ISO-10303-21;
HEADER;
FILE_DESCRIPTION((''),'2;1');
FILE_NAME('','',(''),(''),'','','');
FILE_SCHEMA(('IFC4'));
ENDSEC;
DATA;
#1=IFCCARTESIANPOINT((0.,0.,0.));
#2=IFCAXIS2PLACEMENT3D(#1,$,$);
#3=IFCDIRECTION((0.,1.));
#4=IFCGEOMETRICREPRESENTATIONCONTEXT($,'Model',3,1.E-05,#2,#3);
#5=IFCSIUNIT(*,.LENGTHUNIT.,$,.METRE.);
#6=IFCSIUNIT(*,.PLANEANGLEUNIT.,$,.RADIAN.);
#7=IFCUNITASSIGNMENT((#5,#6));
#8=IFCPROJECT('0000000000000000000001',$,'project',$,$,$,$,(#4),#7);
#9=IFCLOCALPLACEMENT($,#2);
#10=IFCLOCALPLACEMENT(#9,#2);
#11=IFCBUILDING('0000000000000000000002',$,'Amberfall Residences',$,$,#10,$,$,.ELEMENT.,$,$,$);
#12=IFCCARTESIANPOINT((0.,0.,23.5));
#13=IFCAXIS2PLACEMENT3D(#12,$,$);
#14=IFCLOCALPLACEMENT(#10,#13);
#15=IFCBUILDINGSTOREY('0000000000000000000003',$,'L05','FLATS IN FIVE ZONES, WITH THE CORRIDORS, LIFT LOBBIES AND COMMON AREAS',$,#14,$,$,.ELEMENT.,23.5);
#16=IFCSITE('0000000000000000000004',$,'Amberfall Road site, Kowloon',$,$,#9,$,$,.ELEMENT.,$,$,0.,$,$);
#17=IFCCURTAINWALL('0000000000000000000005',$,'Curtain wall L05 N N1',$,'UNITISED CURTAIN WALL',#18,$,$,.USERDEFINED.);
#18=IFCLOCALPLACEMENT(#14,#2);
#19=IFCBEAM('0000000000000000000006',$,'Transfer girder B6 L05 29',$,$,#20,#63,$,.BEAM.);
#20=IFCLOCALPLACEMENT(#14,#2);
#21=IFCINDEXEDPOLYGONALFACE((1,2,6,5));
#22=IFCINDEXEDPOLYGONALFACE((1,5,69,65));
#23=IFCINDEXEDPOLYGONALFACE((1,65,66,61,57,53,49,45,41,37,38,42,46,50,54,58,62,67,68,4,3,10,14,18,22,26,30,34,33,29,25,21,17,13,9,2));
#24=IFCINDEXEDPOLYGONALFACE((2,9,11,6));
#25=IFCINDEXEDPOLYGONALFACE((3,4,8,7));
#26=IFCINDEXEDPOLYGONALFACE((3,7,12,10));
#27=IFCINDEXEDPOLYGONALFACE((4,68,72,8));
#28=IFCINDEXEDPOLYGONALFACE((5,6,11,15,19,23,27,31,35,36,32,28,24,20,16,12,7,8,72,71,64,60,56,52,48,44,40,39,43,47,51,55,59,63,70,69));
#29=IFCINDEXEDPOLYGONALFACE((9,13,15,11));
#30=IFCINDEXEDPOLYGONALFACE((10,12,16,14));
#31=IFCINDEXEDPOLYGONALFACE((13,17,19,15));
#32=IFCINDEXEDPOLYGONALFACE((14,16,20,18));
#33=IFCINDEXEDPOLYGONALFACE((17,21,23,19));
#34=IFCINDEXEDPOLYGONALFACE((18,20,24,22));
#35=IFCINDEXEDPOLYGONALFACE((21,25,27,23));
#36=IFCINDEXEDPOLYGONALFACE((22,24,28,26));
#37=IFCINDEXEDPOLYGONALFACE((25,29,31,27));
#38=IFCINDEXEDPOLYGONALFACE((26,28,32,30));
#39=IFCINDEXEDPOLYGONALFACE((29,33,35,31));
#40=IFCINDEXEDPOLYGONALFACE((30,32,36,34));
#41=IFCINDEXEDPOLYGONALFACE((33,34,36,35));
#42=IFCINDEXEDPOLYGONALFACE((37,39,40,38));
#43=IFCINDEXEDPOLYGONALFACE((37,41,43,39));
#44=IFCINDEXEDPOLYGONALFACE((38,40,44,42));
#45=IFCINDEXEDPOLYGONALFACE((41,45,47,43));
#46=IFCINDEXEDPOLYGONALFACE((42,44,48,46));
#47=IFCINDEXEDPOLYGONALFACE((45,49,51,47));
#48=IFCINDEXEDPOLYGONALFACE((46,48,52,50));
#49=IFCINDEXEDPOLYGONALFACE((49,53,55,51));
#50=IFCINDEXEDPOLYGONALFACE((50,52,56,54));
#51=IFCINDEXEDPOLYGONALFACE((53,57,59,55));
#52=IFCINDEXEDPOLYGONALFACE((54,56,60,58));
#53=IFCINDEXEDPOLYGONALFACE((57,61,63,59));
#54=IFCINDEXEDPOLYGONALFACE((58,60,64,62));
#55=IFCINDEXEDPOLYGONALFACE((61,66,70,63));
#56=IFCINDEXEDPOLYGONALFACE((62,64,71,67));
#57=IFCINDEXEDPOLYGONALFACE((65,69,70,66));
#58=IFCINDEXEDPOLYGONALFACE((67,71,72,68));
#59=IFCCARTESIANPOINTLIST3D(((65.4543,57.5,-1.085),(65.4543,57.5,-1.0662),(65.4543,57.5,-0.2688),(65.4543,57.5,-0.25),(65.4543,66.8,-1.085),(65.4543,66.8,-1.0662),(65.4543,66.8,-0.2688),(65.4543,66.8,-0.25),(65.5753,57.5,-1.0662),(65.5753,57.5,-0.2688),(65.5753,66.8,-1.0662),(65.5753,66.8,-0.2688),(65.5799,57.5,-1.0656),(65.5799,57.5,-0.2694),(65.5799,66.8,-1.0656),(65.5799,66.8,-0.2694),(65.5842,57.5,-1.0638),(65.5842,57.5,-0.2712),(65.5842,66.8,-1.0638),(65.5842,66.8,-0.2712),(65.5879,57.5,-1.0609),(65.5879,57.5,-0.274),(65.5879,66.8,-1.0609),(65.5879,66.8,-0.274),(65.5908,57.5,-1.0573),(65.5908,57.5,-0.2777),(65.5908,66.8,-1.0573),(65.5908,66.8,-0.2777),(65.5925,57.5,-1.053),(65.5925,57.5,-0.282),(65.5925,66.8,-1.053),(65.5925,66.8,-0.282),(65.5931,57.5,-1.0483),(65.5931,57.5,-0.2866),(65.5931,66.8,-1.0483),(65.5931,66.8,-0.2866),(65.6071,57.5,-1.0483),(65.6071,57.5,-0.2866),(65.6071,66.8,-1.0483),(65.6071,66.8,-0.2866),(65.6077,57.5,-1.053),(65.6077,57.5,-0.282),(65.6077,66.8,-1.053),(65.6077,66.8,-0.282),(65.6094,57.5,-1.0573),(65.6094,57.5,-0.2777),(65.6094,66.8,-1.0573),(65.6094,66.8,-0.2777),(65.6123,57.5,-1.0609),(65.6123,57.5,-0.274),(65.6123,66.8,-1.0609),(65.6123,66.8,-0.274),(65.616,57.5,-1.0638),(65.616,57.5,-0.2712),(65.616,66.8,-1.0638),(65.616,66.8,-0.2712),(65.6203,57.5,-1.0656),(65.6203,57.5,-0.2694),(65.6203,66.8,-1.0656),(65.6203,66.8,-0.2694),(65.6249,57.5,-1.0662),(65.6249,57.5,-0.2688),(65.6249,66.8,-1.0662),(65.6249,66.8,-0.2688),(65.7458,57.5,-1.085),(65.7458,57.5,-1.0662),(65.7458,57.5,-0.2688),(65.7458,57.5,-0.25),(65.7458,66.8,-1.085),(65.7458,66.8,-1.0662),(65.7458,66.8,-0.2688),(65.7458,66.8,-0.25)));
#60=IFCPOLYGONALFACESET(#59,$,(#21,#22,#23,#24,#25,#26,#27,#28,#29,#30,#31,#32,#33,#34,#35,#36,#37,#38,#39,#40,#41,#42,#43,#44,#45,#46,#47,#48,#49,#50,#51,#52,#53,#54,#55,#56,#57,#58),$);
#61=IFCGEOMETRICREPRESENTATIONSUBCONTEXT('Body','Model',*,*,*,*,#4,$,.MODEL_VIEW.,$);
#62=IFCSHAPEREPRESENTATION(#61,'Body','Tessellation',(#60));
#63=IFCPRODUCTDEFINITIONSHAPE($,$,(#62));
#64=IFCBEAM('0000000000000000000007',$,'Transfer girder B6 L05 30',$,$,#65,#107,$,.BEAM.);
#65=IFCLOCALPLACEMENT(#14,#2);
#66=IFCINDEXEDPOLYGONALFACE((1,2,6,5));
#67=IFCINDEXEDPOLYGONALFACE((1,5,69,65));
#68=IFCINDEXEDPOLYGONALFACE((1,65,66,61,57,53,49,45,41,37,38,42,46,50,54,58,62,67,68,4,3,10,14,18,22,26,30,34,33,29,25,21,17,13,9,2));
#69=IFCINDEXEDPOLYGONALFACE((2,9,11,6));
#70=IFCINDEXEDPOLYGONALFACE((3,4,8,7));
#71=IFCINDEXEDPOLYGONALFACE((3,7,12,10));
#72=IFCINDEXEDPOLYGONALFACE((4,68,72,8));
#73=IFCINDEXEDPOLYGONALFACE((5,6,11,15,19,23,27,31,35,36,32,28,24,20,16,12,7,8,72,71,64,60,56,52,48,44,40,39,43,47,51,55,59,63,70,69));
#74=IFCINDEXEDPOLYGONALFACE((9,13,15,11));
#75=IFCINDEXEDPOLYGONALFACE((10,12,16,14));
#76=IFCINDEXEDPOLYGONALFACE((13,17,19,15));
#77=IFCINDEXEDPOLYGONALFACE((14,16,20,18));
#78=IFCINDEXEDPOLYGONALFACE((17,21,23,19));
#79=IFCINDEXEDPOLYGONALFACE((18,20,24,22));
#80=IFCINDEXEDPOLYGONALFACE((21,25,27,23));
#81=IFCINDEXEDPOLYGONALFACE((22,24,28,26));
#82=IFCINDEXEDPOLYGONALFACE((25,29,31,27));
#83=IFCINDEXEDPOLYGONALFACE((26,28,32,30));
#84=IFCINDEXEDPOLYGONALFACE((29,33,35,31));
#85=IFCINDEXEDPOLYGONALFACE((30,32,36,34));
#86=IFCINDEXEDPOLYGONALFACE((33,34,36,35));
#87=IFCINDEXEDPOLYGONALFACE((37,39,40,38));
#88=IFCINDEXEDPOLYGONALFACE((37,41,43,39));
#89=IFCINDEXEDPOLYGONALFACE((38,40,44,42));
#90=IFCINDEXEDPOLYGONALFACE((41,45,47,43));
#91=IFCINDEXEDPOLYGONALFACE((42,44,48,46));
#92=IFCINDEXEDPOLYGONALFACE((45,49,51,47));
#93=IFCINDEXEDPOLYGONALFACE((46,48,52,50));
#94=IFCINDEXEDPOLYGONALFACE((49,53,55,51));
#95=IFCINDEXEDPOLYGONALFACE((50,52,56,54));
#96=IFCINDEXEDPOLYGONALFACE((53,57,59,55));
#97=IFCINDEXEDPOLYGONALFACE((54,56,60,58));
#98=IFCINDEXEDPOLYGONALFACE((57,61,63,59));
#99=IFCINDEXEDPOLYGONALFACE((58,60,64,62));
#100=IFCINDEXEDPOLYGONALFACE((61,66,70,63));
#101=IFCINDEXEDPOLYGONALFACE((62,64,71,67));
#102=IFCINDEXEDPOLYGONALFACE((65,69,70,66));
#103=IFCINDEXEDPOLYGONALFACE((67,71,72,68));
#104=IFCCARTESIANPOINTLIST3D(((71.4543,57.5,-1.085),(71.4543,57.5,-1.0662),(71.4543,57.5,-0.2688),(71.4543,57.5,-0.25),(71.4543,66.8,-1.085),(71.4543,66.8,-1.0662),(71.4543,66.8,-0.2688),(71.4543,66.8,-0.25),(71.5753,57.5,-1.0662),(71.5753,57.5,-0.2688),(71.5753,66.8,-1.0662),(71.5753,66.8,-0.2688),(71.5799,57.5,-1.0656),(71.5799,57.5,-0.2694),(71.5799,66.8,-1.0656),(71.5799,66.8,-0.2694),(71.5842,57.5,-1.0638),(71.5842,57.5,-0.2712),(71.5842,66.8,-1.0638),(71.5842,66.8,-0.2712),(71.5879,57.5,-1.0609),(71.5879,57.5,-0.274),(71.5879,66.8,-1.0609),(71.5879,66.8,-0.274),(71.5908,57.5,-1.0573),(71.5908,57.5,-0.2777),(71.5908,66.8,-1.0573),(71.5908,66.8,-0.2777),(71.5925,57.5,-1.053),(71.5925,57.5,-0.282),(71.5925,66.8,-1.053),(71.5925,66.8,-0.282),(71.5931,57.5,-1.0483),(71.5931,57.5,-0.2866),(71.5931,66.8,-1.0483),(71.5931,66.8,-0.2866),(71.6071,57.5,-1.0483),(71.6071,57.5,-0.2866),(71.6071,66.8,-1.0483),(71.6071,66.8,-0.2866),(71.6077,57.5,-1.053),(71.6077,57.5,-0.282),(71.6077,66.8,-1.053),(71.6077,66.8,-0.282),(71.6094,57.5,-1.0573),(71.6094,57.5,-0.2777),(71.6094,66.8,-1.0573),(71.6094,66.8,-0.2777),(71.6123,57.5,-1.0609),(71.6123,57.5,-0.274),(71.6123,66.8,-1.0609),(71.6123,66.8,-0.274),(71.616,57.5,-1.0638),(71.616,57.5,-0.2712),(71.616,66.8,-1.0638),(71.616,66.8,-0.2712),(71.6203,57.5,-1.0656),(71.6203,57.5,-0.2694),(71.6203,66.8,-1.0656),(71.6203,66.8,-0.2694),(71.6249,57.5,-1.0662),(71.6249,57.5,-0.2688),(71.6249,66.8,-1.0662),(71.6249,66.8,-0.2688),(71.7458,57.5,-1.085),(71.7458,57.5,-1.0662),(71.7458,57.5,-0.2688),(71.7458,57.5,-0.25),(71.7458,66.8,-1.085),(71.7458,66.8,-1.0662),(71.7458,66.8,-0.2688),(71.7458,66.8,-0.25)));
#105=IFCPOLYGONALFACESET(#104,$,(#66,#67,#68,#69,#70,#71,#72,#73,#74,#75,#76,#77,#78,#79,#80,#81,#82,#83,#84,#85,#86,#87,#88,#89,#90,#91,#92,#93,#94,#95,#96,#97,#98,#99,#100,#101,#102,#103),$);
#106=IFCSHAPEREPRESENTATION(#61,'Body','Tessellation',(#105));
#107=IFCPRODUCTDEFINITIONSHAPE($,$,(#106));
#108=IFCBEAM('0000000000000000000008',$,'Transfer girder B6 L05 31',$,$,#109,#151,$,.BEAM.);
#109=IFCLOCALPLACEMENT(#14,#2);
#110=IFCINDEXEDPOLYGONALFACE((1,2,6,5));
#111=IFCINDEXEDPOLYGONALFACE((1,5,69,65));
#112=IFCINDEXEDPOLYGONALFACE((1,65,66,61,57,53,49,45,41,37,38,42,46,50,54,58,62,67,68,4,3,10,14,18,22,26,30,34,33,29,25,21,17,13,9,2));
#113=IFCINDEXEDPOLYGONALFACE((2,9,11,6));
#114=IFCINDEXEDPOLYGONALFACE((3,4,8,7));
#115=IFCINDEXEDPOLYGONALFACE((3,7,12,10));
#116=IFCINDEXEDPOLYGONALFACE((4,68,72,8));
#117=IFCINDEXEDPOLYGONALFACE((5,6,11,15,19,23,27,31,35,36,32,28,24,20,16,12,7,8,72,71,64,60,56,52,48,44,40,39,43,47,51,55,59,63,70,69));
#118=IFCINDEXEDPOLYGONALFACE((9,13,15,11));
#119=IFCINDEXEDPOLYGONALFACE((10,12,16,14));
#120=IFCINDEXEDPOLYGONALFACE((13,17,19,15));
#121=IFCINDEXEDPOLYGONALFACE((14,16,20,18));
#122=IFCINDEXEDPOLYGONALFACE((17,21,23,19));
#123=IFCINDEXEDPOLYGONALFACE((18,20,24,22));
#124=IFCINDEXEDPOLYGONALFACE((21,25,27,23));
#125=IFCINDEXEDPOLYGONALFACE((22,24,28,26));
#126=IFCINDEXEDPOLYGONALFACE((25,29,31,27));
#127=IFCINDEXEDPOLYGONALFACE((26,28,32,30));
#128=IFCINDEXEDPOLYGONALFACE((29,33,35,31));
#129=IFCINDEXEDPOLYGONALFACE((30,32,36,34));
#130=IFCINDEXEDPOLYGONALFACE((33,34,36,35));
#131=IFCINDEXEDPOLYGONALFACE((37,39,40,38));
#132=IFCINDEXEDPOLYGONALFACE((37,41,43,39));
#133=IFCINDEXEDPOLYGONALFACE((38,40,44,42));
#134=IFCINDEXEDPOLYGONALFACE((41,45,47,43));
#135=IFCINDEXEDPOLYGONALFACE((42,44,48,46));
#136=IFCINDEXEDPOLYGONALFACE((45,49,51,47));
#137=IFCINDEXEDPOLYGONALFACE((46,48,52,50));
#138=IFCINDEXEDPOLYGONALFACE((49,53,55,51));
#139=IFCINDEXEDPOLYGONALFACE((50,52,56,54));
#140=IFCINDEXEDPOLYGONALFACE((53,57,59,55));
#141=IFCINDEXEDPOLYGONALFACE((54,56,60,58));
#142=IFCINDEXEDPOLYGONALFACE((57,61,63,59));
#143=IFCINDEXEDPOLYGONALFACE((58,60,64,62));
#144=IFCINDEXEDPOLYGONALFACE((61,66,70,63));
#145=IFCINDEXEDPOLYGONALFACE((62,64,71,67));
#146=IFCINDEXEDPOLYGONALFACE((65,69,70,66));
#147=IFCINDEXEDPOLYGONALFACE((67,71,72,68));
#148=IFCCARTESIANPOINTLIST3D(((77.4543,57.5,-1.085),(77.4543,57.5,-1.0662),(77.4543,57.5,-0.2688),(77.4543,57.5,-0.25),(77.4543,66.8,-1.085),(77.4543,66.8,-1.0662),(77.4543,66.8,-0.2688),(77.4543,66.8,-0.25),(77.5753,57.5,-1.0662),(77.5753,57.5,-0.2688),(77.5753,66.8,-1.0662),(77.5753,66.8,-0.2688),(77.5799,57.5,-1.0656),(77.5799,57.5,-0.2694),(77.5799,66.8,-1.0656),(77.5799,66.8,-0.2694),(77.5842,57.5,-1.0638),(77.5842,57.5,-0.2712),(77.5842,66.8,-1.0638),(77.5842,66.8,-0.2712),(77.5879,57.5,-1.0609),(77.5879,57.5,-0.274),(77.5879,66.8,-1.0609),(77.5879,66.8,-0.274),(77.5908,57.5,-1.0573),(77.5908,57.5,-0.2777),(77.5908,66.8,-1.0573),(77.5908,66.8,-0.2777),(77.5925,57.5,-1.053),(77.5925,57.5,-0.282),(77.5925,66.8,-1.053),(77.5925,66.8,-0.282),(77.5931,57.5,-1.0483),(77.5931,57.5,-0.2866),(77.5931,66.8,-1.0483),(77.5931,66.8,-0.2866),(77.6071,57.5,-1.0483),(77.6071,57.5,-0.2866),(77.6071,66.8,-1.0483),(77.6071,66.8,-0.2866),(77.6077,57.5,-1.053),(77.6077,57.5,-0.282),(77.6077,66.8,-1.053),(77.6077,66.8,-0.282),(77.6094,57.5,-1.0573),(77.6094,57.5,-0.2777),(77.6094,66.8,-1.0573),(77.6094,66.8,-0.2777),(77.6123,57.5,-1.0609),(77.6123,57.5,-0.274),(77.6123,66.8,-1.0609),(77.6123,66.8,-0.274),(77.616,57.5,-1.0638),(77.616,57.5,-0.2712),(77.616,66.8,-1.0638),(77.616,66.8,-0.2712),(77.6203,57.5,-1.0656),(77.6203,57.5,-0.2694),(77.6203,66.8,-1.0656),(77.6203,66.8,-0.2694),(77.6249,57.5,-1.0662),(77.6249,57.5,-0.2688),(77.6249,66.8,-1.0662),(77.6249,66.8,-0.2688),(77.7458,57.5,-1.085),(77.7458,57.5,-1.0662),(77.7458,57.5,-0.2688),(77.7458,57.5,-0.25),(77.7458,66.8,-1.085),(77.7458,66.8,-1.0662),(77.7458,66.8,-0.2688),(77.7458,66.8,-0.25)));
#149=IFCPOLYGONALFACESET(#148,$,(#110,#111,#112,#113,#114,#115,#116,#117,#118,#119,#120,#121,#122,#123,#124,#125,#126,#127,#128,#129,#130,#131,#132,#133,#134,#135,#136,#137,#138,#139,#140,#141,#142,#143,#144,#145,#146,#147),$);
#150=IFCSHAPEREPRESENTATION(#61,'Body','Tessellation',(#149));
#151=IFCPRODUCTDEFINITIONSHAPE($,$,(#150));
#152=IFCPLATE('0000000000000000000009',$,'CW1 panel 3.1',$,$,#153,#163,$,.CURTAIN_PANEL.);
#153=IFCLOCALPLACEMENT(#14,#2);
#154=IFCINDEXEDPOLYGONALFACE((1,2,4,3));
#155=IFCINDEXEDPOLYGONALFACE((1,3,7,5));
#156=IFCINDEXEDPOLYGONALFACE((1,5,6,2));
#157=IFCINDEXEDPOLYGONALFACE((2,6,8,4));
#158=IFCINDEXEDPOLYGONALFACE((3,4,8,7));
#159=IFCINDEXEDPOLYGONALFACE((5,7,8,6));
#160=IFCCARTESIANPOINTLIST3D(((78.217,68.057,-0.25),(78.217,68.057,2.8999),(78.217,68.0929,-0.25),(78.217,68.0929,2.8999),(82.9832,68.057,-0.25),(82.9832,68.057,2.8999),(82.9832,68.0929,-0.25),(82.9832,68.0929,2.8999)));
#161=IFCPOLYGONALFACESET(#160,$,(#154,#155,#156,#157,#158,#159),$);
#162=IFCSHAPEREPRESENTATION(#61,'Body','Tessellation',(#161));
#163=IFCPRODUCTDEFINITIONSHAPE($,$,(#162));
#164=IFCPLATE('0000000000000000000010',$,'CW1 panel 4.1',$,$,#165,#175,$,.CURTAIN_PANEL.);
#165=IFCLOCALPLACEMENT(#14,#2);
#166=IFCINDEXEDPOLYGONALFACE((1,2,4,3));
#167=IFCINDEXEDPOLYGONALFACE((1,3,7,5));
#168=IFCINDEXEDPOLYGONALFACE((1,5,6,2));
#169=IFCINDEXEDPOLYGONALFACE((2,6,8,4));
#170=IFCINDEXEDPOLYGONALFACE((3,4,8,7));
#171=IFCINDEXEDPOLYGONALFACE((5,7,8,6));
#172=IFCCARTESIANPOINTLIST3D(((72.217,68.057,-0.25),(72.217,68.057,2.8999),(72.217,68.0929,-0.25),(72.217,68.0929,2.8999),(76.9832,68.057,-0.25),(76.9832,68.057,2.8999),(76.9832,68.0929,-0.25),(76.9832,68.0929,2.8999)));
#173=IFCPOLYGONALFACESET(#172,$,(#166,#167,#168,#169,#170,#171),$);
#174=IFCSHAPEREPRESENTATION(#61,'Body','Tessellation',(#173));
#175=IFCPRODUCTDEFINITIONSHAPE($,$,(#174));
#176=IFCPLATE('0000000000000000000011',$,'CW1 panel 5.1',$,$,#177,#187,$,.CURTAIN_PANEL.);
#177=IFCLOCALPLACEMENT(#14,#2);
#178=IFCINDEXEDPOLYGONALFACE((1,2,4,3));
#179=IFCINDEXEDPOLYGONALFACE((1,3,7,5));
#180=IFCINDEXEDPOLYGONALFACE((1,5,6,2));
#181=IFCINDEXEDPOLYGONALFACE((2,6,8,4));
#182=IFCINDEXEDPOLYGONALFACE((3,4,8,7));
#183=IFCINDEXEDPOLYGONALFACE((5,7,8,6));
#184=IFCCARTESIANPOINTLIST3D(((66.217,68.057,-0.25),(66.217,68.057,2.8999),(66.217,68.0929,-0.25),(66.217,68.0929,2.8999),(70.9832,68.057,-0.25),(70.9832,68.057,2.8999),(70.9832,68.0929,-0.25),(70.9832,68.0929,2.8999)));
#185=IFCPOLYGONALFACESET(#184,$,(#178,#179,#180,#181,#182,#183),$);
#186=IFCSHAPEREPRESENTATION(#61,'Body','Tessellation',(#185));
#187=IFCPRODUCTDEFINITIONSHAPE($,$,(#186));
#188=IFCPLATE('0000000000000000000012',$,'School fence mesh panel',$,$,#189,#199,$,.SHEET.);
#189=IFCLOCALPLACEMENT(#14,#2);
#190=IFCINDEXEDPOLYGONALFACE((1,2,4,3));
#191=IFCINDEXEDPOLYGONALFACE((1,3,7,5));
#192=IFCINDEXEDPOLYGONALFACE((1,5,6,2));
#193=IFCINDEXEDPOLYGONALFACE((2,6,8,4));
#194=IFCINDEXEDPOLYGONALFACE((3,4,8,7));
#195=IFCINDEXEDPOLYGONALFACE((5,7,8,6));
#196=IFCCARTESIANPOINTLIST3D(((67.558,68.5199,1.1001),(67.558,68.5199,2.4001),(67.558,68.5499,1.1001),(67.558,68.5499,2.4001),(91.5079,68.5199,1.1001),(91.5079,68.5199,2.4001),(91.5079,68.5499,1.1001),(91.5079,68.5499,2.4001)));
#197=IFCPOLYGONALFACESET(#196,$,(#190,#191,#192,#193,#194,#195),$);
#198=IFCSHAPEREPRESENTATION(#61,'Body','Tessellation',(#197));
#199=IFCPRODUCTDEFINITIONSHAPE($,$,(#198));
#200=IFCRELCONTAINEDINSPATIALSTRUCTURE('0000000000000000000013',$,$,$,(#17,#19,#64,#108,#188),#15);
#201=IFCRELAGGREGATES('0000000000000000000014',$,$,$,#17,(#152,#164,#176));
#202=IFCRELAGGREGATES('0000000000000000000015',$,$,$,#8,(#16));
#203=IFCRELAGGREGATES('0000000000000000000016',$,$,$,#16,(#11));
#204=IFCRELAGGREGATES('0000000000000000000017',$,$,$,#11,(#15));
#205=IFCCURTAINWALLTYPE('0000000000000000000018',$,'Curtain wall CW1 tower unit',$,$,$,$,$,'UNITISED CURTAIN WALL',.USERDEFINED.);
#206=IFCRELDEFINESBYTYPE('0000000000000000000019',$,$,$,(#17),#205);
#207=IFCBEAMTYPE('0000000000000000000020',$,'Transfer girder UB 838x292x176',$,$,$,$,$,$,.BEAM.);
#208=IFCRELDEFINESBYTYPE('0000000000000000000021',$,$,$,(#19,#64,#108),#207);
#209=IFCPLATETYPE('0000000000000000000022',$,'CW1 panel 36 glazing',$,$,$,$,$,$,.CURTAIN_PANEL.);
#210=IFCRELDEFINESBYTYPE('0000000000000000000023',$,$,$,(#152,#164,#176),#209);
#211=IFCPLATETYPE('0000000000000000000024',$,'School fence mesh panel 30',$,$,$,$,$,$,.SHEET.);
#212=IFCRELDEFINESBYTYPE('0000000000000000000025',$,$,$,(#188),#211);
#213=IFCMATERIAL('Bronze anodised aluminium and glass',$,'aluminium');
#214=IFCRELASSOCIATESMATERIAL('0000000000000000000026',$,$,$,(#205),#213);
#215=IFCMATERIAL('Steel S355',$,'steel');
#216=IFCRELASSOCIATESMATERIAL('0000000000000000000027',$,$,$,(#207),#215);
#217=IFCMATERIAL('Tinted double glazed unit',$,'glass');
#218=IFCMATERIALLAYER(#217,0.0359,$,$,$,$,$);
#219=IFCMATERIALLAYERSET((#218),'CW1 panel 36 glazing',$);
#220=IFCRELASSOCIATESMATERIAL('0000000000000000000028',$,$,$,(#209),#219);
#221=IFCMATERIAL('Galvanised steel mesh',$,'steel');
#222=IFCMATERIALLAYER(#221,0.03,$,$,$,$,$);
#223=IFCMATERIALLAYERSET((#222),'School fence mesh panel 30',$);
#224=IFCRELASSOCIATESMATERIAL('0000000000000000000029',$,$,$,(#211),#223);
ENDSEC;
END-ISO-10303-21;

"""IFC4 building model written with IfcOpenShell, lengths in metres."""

from ifc_helpers import new_model, si_unit, direction, frame, origin, origin_2d, place, context, subcontext, project, spatial, rectangle, i_section, extrude, material, layer, layer_set, material_profile, profile_set, type_object, element, aggregate, save


model = new_model("IFC4")

# Units and contexts
model_context = context("Model", 3, precision=1e-05, world=origin(), true_north=direction((0.0, 1.0)))
body_context = subcontext(model_context, "Body", "Model", "MODEL_VIEW")
ifc_project = project(units=[si_unit("LENGTHUNIT", "METRE"), si_unit("PLANEANGLEUNIT", "RADIAN")], contexts=[model_context])

# Site, building, storey
site_placement = place(None, origin())
site = spatial("IfcSite", under=ifc_project, at=site_placement, Name="Amberfall Road site, Kowloon", CompositionType="ELEMENT", RefElevation=0.0)
building_placement = place(site_placement, origin())
building = spatial("IfcBuilding", under=site, at=building_placement, Name="Amberfall Residences", CompositionType="ELEMENT")
storey_placement = place(building_placement, frame((0.0, 0.0, 23.5)))
storey = spatial("IfcBuildingStorey", under=building, at=storey_placement, Name="L05", Description="FLATS IN FIVE ZONES, WITH THE CORRIDORS, LIFT LOBBIES AND COMMON AREAS", CompositionType="ELEMENT", Elevation=23.5)

# Curtain wall
ifc_material_1 = material(Name="Bronze anodised aluminium and glass", Category="aluminium")
curtain_wall_type = type_object("IfcCurtainWallType", Name="Curtain wall CW1 tower unit", ElementType="UNITISED CURTAIN WALL", PredefinedType="USERDEFINED", material=ifc_material_1)
curtain_wall_placement = place(storey_placement, origin())
curtain_wall = element("IfcCurtainWall", 1, at=curtain_wall_placement, inside=storey, type_object=curtain_wall_type, Name="Curtain wall L05 N N1", ObjectType="UNITISED CURTAIN WALL", PredefinedType="USERDEFINED")

# Shared definitions
ifc_material_2 = material(Name="Steel S355", Category="steel")

# Beams
ifc_material_profile_1 = material_profile(ifc_material_2, i_section(OverallWidth=0.2915, OverallDepth=0.835, WebThickness=0.0139, FlangeThickness=0.0188, FilletRadius=0.0178, at=origin_2d()), Name="UB 838x292x176")
ifc_profile_set_1 = profile_set([ifc_material_profile_1], Name="Steel S355")
beam_type_1 = type_object("IfcBeamType", Name="Transfer girder UB 838x292x176", PredefinedType="BEAM", material=ifc_profile_set_1)
for number, where, z_axis, x_axis, name in (
    (2, (65.6001, 66.8, -0.6675), (0.0, -1.0, 0.0), (1.0, 0.0, 0.0), "Transfer girder B6 L05 29"),
    (3, (71.6001, 66.8, -0.6675), (0.0, -1.0, 0.0), (1.0, 0.0, 0.0), "Transfer girder B6 L05 30"),
    (4, (77.6001, 66.8, -0.6675), (0.0, -1.0, 0.0), (1.0, 0.0, 0.0), "Transfer girder B6 L05 31"),
):
    element("IfcBeam", number, at=place(storey_placement, frame(where, z_axis=z_axis, x_axis=x_axis)), inside=storey, type_object=beam_type_1, Name=name, PredefinedType="BEAM", context=body_context, shape_type="SweptSolid", body=[
        extrude(i_section(OverallWidth=0.2915, OverallDepth=0.835, WebThickness=0.0139, FlangeThickness=0.0188, FilletRadius=0.0178, at=origin_2d()), origin(), (0.0, 0.0, 1.0), 9.3),
    ])

# Plates
ifc_material_3 = material(Name="Tinted double glazed unit", Category="glass")
ifc_layer_1 = layer(ifc_material_3, 0.0359)
ifc_layer_set_1 = layer_set([ifc_layer_1], Name="CW1 panel 36 glazing")
plate_type_1 = type_object("IfcPlateType", Name="CW1 panel 36 glazing", PredefinedType="CURTAIN_PANEL", material=ifc_layer_set_1)
plate_1_placement = place(storey_placement, frame((80.6001, 68.075, -0.25), z_axis=(0.0, 0.0, 1.0), x_axis=(-1.0, 0.0, 0.0)))
plate_1 = element("IfcPlate", 5, at=plate_1_placement, type_object=plate_type_1, Name="CW1 panel 3.1", PredefinedType="CURTAIN_PANEL", context=body_context, shape_type="SweptSolid", body=[
    extrude(rectangle(XDim=4.7661, YDim=0.0359, at=origin_2d()), origin(), (0.0, 0.0, 1.0), 3.1499),
])
plate_2_placement = place(storey_placement, frame((74.6001, 68.075, -0.25), z_axis=(0.0, 0.0, 1.0), x_axis=(-1.0, 0.0, 0.0)))
plate_2 = element("IfcPlate", 6, at=plate_2_placement, type_object=plate_type_1, Name="CW1 panel 4.1", PredefinedType="CURTAIN_PANEL", context=body_context, shape_type="SweptSolid", body=[
    extrude(rectangle(XDim=4.7661, YDim=0.0359, at=origin_2d()), origin(), (0.0, 0.0, 1.0), 3.1499),
])
plate_3_placement = place(storey_placement, frame((68.6001, 68.075, -0.25), z_axis=(0.0, 0.0, 1.0), x_axis=(-1.0, 0.0, 0.0)))
plate_3 = element("IfcPlate", 7, at=plate_3_placement, type_object=plate_type_1, Name="CW1 panel 5.1", PredefinedType="CURTAIN_PANEL", context=body_context, shape_type="SweptSolid", body=[
    extrude(rectangle(XDim=4.7661, YDim=0.0359, at=origin_2d()), origin(), (0.0, 0.0, 1.0), 3.1499),
])
aggregate(curtain_wall, [plate_1, plate_2, plate_3])

# Plate
ifc_material_4 = material(Name="Galvanised steel mesh", Category="steel")
ifc_layer_2 = layer(ifc_material_4, 0.03)
ifc_layer_set_2 = layer_set([ifc_layer_2], Name="School fence mesh panel 30")
plate_type_2 = type_object("IfcPlateType", Name="School fence mesh panel 30", PredefinedType="SHEET", material=ifc_layer_set_2)
plate_4_placement = place(storey_placement, frame((79.533, 68.5349, 1.1001), z_axis=(0.0, 0.0, 1.0), x_axis=(1.0, 0.0, 0.0)))
element("IfcPlate", 8, at=plate_4_placement, inside=storey, type_object=plate_type_2, Name="School fence mesh panel", PredefinedType="SHEET", context=body_context, shape_type="SweptSolid", body=[
    extrude(rectangle(XDim=23.95, YDim=0.03, at=origin_2d()), origin(), (0.0, 0.0, 1.0), 1.3),
])

save(model, "model.ifc")
